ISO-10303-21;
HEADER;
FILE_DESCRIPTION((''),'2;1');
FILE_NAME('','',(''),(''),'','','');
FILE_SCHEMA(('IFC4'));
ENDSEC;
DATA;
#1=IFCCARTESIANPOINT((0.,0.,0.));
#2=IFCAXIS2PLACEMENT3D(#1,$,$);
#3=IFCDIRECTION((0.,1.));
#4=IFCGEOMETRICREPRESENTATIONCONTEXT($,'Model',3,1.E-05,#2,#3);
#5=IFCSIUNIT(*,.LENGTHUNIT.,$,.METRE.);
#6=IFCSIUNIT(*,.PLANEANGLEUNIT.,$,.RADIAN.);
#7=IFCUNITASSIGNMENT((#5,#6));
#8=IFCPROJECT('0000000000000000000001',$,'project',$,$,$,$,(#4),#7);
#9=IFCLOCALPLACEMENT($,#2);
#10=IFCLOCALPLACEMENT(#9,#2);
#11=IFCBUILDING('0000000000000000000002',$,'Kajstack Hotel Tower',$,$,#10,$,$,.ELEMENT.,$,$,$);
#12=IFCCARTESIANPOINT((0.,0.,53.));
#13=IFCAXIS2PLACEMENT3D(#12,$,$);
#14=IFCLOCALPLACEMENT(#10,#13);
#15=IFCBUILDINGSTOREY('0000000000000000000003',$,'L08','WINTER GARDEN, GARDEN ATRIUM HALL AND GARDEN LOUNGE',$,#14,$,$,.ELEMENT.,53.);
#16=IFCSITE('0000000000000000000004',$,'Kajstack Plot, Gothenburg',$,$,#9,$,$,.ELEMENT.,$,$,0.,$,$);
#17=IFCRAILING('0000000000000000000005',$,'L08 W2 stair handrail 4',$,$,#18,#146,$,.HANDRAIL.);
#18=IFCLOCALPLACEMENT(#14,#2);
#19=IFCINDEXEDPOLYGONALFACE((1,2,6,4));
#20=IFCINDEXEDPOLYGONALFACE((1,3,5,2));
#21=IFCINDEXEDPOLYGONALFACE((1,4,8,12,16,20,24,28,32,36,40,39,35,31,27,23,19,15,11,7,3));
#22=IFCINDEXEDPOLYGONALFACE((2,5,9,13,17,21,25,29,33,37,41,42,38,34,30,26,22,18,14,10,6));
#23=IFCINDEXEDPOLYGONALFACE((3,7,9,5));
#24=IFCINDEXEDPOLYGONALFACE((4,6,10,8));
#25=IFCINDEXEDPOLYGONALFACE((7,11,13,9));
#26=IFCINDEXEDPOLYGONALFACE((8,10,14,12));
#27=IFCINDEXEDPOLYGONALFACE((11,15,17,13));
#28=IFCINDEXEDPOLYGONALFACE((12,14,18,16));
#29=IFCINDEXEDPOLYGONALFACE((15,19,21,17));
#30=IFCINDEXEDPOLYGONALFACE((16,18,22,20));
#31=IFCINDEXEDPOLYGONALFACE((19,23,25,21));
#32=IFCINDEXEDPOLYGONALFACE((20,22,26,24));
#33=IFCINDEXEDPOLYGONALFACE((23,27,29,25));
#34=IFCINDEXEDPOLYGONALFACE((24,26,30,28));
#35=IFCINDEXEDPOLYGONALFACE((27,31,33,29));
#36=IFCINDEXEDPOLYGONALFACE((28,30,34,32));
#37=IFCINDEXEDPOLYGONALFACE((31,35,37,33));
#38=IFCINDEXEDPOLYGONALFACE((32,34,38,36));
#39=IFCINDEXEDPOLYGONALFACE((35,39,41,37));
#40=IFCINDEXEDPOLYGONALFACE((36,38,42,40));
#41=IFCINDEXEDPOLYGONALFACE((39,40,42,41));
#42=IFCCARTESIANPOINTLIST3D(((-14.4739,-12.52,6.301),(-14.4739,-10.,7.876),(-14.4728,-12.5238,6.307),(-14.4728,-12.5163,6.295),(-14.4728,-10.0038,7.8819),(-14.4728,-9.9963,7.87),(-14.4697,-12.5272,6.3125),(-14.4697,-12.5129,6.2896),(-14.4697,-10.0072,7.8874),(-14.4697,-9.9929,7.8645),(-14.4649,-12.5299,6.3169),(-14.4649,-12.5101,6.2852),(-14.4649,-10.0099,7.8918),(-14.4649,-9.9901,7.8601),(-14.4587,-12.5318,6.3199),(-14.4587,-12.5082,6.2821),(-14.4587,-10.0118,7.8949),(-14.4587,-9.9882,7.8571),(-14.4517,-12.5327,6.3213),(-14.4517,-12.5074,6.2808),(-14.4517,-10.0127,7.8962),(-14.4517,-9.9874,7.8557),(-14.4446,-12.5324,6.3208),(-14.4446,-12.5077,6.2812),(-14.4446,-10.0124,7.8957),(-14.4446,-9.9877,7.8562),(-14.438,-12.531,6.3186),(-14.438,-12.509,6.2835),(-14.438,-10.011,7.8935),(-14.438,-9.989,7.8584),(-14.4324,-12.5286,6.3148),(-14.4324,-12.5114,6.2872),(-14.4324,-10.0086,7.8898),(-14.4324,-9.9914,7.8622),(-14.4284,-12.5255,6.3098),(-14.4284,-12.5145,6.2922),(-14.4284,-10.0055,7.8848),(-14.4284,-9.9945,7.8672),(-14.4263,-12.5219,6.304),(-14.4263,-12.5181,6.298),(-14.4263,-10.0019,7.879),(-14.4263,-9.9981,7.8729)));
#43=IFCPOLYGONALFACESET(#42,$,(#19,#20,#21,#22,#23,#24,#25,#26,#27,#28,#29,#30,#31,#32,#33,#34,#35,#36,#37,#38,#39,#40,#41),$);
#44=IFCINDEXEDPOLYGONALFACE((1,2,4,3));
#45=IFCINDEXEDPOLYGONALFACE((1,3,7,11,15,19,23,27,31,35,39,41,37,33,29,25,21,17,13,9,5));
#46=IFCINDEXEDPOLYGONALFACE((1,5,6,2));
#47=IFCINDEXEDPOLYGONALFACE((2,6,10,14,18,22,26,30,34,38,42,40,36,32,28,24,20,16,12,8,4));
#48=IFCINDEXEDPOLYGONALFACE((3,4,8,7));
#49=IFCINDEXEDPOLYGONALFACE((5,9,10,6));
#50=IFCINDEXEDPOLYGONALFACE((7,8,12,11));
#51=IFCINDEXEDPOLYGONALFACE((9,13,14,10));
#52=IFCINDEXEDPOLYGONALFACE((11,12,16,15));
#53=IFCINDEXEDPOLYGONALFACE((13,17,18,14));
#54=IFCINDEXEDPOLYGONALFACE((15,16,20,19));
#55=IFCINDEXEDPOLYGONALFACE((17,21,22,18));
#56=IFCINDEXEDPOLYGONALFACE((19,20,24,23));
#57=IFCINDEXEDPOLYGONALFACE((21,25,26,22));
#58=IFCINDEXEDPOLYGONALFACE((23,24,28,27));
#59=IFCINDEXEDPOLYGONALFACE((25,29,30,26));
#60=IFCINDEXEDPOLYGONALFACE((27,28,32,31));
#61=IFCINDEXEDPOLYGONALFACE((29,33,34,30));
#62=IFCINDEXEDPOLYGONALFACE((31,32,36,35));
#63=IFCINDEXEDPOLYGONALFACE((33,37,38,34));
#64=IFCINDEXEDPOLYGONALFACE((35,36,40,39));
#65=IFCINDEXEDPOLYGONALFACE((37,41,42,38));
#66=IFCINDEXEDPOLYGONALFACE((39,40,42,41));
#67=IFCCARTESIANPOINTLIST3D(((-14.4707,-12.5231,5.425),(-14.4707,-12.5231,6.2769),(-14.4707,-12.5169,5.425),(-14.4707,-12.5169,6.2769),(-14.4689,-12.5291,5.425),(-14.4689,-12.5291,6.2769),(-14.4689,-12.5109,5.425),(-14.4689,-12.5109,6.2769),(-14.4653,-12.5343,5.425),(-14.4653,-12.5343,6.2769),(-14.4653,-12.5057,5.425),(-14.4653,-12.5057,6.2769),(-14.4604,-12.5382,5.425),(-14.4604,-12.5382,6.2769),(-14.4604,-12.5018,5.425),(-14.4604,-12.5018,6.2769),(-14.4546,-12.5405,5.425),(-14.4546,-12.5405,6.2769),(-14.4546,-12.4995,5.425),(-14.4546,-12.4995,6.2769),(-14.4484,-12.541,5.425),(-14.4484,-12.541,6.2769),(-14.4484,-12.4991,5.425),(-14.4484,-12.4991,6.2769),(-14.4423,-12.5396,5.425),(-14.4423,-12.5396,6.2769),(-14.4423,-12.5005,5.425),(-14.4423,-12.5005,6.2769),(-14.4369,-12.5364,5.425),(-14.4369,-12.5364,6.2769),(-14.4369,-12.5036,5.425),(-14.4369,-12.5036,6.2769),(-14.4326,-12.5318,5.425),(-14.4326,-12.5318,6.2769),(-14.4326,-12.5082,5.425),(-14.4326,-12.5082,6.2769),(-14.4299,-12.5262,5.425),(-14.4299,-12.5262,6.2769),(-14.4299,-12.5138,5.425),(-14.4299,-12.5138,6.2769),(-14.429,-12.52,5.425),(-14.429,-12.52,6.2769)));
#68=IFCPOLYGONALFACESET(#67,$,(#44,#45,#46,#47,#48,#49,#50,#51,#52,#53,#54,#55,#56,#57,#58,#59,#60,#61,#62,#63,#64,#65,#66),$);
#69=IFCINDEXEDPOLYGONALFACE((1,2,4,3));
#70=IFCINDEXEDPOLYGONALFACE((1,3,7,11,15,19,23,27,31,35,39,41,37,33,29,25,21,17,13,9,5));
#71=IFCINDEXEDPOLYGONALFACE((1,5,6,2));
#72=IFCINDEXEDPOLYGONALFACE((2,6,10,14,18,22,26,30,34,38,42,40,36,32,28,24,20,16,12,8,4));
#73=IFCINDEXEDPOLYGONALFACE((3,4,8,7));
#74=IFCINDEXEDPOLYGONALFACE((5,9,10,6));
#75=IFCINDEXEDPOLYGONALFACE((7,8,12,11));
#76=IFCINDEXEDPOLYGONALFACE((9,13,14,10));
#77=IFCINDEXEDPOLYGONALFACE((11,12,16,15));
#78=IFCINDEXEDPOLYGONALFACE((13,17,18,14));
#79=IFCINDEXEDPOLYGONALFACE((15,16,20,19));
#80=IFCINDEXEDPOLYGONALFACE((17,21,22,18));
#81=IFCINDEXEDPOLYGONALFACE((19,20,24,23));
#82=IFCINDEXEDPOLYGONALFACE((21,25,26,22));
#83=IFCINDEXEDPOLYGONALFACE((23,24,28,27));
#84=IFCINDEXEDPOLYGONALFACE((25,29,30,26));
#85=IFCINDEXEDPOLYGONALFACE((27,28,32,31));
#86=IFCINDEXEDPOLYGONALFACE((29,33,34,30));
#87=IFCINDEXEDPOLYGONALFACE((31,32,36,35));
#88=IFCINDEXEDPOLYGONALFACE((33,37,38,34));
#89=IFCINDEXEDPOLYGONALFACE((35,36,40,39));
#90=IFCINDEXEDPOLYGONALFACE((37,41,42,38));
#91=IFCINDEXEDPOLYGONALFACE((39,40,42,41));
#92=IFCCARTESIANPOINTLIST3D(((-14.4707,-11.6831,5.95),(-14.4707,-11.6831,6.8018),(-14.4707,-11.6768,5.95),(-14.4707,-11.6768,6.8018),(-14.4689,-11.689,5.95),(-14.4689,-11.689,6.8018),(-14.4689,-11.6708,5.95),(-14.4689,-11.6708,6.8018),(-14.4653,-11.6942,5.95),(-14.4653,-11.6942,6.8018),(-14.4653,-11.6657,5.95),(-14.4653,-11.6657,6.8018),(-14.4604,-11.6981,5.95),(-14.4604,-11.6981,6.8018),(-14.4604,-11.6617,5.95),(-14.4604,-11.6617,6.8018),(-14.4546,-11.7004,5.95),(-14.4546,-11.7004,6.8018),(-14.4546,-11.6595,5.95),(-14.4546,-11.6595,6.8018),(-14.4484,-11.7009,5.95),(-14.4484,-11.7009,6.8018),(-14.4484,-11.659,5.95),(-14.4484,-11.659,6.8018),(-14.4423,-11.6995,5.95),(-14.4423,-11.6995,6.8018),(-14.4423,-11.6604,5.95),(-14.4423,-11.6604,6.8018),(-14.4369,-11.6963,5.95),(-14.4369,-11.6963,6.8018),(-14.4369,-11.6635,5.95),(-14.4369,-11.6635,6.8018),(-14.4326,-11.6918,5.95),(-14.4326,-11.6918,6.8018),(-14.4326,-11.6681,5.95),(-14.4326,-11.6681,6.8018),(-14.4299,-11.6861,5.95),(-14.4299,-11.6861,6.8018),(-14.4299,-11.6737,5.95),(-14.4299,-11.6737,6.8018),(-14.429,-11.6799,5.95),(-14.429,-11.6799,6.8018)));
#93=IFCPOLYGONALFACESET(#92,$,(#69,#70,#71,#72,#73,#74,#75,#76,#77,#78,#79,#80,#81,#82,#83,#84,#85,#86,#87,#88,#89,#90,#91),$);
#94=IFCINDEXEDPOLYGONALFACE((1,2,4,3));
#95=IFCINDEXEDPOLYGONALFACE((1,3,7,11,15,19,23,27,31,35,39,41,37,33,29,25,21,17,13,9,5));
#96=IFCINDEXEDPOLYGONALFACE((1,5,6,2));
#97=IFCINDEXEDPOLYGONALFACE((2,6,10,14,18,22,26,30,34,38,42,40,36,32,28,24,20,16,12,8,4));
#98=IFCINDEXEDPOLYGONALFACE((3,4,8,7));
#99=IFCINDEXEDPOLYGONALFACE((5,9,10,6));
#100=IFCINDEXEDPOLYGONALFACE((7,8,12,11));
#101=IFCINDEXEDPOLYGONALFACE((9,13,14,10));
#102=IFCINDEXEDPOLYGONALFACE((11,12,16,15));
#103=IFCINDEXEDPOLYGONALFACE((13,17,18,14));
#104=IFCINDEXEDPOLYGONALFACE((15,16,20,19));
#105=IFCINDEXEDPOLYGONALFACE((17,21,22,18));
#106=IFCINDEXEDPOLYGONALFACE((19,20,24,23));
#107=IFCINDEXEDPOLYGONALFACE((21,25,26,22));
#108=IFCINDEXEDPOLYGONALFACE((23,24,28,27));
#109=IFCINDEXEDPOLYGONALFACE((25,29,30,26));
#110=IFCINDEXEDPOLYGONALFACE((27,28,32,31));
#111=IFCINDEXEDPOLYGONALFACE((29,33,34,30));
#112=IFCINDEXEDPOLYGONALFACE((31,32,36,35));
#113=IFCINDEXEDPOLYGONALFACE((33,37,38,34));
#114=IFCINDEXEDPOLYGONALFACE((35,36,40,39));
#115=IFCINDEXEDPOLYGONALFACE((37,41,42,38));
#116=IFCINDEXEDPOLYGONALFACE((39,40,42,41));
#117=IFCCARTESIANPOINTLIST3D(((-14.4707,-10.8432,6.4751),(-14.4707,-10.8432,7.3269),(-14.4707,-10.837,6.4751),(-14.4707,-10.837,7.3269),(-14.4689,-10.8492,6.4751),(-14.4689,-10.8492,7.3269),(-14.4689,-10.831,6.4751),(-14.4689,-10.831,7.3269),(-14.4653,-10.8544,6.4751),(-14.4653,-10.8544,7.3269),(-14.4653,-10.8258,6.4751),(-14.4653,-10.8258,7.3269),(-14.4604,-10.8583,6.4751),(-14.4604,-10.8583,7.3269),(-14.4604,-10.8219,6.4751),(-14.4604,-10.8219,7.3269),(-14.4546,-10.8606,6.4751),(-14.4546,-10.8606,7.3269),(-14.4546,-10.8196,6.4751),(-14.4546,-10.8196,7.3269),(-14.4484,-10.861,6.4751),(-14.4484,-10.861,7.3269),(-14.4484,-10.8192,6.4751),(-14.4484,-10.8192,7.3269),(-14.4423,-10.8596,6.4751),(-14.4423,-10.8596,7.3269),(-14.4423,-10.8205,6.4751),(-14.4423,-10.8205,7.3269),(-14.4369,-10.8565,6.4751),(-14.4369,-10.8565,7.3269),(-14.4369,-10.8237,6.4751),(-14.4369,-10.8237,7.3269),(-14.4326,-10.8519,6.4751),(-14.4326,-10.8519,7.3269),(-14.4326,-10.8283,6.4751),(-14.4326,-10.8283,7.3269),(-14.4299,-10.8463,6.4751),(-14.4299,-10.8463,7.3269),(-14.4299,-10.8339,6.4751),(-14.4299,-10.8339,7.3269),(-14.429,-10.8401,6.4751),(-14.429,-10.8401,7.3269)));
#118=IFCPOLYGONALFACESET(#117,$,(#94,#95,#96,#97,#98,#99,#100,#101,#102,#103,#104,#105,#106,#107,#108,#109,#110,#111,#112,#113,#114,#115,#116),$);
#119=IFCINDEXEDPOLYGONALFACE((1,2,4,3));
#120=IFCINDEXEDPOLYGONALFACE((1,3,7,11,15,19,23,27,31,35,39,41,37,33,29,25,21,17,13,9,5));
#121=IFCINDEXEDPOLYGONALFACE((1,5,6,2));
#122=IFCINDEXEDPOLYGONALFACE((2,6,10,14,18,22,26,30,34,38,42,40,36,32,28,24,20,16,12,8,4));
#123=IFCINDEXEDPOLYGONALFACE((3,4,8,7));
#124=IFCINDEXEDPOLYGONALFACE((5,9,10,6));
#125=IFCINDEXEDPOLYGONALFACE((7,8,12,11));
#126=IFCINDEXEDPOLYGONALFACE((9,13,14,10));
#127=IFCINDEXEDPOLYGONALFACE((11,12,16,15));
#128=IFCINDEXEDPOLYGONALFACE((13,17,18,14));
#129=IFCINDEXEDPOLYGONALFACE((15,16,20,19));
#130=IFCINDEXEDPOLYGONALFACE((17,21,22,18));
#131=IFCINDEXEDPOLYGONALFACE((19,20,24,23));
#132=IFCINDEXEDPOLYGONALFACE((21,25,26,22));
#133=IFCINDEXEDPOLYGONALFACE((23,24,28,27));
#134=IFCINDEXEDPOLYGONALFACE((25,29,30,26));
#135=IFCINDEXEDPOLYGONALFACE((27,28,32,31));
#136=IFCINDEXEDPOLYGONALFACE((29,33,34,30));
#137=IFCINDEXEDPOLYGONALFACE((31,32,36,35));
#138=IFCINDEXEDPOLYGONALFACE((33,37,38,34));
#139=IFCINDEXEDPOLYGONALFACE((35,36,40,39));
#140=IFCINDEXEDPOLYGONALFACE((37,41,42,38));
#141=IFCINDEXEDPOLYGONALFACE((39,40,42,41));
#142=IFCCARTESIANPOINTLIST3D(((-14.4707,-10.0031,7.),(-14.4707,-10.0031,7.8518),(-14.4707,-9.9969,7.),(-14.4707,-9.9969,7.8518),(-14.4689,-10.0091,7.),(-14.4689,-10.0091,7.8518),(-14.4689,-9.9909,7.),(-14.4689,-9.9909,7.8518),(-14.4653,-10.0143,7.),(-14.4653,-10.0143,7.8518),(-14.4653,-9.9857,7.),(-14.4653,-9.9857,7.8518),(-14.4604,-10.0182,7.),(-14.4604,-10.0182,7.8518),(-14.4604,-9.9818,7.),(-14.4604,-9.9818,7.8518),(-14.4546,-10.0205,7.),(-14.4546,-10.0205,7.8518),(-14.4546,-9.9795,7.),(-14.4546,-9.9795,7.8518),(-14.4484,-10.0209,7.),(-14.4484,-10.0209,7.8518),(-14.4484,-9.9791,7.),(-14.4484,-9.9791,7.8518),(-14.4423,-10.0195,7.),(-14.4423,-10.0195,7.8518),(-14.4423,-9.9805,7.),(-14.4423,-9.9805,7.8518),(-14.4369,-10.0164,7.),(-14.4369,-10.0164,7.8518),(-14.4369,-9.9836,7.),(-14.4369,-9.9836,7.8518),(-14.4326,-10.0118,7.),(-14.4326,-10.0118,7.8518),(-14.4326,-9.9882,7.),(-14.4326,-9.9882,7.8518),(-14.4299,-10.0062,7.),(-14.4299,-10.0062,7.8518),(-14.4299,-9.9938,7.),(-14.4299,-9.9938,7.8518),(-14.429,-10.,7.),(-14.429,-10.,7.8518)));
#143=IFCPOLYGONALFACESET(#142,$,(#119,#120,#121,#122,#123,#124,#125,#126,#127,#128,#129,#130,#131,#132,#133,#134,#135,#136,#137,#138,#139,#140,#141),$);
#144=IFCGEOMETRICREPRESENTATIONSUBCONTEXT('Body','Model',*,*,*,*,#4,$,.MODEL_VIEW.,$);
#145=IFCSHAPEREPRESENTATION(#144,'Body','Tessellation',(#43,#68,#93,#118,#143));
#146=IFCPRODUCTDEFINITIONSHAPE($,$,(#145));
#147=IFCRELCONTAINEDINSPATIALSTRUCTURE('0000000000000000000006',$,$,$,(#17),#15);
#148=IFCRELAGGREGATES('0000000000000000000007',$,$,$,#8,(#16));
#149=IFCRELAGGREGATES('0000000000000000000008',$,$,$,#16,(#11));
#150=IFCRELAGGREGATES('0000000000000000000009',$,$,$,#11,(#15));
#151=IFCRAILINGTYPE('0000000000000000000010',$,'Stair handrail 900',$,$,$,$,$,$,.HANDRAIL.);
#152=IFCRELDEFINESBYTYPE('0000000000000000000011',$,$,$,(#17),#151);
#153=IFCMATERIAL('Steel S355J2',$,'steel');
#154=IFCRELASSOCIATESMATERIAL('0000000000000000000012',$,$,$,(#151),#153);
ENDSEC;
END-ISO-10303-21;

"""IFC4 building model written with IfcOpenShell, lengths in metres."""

from ifc_helpers import new_model, si_unit, direction, frame, origin, origin_2d, place, context, subcontext, project, spatial, circle, extrude, material, type_object, element, save


model = new_model("IFC4")

# Units and contexts
model_context = context("Model", 3, precision=1e-05, world=origin(), true_north=direction((0.0, 1.0)))
body_context = subcontext(model_context, "Body", "Model", "MODEL_VIEW")
ifc_project = project(units=[si_unit("LENGTHUNIT", "METRE"), si_unit("PLANEANGLEUNIT", "RADIAN")], contexts=[model_context])

# Site, building, storey
site_placement = place(None, origin())
site = spatial("IfcSite", under=ifc_project, at=site_placement, Name="Kajstack Plot, Gothenburg", CompositionType="ELEMENT", RefElevation=0.0)
building_placement = place(site_placement, origin())
building = spatial("IfcBuilding", under=site, at=building_placement, Name="Kajstack Hotel Tower", CompositionType="ELEMENT")
storey_placement = place(building_placement, frame((0.0, 0.0, 53.0)))
storey = spatial("IfcBuildingStorey", under=building, at=storey_placement, Name="L08", Description="WINTER GARDEN, GARDEN ATRIUM HALL AND GARDEN LOUNGE", CompositionType="ELEMENT", Elevation=53.0)

# Railing
ifc_material_1 = material(Name="Steel S355J2", Category="steel")
railing_type_1 = type_object("IfcRailingType", Name="Stair handrail 900", PredefinedType="HANDRAIL", material=ifc_material_1)
railing_1_placement = place(storey_placement, frame((-14.45, -12.52, 5.425)))
element("IfcRailing", 1, at=railing_1_placement, inside=storey, type_object=railing_type_1, Name="L08 W2 stair handrail 4", PredefinedType="HANDRAIL", context=body_context, shape_type="SweptSolid", body=[
    extrude(circle(Radius=0.0239, at=origin_2d()), frame((0.0, 0.0, 0.876), z_axis=(0.0, 0.848008, 0.529984), x_axis=(-1.0, 0.0, 0.0)), (0.0, 0.0, 1.0), 2.9717),
    extrude(circle(Radius=0.021, at=origin_2d()), origin(), (0.0, 0.0, 1.0), 0.8518),
    extrude(circle(Radius=0.021, at=origin_2d()), frame((0.0, 0.8401, 0.5249)), (0.0, 0.0, 1.0), 0.8518),
    extrude(circle(Radius=0.021, at=origin_2d()), frame((0.0, 1.6799, 1.05)), (0.0, 0.0, 1.0), 0.8518),
    extrude(circle(Radius=0.021, at=origin_2d()), frame((0.0, 2.52, 1.575)), (0.0, 0.0, 1.0), 0.8518),
])

save(model, "model.ifc")
